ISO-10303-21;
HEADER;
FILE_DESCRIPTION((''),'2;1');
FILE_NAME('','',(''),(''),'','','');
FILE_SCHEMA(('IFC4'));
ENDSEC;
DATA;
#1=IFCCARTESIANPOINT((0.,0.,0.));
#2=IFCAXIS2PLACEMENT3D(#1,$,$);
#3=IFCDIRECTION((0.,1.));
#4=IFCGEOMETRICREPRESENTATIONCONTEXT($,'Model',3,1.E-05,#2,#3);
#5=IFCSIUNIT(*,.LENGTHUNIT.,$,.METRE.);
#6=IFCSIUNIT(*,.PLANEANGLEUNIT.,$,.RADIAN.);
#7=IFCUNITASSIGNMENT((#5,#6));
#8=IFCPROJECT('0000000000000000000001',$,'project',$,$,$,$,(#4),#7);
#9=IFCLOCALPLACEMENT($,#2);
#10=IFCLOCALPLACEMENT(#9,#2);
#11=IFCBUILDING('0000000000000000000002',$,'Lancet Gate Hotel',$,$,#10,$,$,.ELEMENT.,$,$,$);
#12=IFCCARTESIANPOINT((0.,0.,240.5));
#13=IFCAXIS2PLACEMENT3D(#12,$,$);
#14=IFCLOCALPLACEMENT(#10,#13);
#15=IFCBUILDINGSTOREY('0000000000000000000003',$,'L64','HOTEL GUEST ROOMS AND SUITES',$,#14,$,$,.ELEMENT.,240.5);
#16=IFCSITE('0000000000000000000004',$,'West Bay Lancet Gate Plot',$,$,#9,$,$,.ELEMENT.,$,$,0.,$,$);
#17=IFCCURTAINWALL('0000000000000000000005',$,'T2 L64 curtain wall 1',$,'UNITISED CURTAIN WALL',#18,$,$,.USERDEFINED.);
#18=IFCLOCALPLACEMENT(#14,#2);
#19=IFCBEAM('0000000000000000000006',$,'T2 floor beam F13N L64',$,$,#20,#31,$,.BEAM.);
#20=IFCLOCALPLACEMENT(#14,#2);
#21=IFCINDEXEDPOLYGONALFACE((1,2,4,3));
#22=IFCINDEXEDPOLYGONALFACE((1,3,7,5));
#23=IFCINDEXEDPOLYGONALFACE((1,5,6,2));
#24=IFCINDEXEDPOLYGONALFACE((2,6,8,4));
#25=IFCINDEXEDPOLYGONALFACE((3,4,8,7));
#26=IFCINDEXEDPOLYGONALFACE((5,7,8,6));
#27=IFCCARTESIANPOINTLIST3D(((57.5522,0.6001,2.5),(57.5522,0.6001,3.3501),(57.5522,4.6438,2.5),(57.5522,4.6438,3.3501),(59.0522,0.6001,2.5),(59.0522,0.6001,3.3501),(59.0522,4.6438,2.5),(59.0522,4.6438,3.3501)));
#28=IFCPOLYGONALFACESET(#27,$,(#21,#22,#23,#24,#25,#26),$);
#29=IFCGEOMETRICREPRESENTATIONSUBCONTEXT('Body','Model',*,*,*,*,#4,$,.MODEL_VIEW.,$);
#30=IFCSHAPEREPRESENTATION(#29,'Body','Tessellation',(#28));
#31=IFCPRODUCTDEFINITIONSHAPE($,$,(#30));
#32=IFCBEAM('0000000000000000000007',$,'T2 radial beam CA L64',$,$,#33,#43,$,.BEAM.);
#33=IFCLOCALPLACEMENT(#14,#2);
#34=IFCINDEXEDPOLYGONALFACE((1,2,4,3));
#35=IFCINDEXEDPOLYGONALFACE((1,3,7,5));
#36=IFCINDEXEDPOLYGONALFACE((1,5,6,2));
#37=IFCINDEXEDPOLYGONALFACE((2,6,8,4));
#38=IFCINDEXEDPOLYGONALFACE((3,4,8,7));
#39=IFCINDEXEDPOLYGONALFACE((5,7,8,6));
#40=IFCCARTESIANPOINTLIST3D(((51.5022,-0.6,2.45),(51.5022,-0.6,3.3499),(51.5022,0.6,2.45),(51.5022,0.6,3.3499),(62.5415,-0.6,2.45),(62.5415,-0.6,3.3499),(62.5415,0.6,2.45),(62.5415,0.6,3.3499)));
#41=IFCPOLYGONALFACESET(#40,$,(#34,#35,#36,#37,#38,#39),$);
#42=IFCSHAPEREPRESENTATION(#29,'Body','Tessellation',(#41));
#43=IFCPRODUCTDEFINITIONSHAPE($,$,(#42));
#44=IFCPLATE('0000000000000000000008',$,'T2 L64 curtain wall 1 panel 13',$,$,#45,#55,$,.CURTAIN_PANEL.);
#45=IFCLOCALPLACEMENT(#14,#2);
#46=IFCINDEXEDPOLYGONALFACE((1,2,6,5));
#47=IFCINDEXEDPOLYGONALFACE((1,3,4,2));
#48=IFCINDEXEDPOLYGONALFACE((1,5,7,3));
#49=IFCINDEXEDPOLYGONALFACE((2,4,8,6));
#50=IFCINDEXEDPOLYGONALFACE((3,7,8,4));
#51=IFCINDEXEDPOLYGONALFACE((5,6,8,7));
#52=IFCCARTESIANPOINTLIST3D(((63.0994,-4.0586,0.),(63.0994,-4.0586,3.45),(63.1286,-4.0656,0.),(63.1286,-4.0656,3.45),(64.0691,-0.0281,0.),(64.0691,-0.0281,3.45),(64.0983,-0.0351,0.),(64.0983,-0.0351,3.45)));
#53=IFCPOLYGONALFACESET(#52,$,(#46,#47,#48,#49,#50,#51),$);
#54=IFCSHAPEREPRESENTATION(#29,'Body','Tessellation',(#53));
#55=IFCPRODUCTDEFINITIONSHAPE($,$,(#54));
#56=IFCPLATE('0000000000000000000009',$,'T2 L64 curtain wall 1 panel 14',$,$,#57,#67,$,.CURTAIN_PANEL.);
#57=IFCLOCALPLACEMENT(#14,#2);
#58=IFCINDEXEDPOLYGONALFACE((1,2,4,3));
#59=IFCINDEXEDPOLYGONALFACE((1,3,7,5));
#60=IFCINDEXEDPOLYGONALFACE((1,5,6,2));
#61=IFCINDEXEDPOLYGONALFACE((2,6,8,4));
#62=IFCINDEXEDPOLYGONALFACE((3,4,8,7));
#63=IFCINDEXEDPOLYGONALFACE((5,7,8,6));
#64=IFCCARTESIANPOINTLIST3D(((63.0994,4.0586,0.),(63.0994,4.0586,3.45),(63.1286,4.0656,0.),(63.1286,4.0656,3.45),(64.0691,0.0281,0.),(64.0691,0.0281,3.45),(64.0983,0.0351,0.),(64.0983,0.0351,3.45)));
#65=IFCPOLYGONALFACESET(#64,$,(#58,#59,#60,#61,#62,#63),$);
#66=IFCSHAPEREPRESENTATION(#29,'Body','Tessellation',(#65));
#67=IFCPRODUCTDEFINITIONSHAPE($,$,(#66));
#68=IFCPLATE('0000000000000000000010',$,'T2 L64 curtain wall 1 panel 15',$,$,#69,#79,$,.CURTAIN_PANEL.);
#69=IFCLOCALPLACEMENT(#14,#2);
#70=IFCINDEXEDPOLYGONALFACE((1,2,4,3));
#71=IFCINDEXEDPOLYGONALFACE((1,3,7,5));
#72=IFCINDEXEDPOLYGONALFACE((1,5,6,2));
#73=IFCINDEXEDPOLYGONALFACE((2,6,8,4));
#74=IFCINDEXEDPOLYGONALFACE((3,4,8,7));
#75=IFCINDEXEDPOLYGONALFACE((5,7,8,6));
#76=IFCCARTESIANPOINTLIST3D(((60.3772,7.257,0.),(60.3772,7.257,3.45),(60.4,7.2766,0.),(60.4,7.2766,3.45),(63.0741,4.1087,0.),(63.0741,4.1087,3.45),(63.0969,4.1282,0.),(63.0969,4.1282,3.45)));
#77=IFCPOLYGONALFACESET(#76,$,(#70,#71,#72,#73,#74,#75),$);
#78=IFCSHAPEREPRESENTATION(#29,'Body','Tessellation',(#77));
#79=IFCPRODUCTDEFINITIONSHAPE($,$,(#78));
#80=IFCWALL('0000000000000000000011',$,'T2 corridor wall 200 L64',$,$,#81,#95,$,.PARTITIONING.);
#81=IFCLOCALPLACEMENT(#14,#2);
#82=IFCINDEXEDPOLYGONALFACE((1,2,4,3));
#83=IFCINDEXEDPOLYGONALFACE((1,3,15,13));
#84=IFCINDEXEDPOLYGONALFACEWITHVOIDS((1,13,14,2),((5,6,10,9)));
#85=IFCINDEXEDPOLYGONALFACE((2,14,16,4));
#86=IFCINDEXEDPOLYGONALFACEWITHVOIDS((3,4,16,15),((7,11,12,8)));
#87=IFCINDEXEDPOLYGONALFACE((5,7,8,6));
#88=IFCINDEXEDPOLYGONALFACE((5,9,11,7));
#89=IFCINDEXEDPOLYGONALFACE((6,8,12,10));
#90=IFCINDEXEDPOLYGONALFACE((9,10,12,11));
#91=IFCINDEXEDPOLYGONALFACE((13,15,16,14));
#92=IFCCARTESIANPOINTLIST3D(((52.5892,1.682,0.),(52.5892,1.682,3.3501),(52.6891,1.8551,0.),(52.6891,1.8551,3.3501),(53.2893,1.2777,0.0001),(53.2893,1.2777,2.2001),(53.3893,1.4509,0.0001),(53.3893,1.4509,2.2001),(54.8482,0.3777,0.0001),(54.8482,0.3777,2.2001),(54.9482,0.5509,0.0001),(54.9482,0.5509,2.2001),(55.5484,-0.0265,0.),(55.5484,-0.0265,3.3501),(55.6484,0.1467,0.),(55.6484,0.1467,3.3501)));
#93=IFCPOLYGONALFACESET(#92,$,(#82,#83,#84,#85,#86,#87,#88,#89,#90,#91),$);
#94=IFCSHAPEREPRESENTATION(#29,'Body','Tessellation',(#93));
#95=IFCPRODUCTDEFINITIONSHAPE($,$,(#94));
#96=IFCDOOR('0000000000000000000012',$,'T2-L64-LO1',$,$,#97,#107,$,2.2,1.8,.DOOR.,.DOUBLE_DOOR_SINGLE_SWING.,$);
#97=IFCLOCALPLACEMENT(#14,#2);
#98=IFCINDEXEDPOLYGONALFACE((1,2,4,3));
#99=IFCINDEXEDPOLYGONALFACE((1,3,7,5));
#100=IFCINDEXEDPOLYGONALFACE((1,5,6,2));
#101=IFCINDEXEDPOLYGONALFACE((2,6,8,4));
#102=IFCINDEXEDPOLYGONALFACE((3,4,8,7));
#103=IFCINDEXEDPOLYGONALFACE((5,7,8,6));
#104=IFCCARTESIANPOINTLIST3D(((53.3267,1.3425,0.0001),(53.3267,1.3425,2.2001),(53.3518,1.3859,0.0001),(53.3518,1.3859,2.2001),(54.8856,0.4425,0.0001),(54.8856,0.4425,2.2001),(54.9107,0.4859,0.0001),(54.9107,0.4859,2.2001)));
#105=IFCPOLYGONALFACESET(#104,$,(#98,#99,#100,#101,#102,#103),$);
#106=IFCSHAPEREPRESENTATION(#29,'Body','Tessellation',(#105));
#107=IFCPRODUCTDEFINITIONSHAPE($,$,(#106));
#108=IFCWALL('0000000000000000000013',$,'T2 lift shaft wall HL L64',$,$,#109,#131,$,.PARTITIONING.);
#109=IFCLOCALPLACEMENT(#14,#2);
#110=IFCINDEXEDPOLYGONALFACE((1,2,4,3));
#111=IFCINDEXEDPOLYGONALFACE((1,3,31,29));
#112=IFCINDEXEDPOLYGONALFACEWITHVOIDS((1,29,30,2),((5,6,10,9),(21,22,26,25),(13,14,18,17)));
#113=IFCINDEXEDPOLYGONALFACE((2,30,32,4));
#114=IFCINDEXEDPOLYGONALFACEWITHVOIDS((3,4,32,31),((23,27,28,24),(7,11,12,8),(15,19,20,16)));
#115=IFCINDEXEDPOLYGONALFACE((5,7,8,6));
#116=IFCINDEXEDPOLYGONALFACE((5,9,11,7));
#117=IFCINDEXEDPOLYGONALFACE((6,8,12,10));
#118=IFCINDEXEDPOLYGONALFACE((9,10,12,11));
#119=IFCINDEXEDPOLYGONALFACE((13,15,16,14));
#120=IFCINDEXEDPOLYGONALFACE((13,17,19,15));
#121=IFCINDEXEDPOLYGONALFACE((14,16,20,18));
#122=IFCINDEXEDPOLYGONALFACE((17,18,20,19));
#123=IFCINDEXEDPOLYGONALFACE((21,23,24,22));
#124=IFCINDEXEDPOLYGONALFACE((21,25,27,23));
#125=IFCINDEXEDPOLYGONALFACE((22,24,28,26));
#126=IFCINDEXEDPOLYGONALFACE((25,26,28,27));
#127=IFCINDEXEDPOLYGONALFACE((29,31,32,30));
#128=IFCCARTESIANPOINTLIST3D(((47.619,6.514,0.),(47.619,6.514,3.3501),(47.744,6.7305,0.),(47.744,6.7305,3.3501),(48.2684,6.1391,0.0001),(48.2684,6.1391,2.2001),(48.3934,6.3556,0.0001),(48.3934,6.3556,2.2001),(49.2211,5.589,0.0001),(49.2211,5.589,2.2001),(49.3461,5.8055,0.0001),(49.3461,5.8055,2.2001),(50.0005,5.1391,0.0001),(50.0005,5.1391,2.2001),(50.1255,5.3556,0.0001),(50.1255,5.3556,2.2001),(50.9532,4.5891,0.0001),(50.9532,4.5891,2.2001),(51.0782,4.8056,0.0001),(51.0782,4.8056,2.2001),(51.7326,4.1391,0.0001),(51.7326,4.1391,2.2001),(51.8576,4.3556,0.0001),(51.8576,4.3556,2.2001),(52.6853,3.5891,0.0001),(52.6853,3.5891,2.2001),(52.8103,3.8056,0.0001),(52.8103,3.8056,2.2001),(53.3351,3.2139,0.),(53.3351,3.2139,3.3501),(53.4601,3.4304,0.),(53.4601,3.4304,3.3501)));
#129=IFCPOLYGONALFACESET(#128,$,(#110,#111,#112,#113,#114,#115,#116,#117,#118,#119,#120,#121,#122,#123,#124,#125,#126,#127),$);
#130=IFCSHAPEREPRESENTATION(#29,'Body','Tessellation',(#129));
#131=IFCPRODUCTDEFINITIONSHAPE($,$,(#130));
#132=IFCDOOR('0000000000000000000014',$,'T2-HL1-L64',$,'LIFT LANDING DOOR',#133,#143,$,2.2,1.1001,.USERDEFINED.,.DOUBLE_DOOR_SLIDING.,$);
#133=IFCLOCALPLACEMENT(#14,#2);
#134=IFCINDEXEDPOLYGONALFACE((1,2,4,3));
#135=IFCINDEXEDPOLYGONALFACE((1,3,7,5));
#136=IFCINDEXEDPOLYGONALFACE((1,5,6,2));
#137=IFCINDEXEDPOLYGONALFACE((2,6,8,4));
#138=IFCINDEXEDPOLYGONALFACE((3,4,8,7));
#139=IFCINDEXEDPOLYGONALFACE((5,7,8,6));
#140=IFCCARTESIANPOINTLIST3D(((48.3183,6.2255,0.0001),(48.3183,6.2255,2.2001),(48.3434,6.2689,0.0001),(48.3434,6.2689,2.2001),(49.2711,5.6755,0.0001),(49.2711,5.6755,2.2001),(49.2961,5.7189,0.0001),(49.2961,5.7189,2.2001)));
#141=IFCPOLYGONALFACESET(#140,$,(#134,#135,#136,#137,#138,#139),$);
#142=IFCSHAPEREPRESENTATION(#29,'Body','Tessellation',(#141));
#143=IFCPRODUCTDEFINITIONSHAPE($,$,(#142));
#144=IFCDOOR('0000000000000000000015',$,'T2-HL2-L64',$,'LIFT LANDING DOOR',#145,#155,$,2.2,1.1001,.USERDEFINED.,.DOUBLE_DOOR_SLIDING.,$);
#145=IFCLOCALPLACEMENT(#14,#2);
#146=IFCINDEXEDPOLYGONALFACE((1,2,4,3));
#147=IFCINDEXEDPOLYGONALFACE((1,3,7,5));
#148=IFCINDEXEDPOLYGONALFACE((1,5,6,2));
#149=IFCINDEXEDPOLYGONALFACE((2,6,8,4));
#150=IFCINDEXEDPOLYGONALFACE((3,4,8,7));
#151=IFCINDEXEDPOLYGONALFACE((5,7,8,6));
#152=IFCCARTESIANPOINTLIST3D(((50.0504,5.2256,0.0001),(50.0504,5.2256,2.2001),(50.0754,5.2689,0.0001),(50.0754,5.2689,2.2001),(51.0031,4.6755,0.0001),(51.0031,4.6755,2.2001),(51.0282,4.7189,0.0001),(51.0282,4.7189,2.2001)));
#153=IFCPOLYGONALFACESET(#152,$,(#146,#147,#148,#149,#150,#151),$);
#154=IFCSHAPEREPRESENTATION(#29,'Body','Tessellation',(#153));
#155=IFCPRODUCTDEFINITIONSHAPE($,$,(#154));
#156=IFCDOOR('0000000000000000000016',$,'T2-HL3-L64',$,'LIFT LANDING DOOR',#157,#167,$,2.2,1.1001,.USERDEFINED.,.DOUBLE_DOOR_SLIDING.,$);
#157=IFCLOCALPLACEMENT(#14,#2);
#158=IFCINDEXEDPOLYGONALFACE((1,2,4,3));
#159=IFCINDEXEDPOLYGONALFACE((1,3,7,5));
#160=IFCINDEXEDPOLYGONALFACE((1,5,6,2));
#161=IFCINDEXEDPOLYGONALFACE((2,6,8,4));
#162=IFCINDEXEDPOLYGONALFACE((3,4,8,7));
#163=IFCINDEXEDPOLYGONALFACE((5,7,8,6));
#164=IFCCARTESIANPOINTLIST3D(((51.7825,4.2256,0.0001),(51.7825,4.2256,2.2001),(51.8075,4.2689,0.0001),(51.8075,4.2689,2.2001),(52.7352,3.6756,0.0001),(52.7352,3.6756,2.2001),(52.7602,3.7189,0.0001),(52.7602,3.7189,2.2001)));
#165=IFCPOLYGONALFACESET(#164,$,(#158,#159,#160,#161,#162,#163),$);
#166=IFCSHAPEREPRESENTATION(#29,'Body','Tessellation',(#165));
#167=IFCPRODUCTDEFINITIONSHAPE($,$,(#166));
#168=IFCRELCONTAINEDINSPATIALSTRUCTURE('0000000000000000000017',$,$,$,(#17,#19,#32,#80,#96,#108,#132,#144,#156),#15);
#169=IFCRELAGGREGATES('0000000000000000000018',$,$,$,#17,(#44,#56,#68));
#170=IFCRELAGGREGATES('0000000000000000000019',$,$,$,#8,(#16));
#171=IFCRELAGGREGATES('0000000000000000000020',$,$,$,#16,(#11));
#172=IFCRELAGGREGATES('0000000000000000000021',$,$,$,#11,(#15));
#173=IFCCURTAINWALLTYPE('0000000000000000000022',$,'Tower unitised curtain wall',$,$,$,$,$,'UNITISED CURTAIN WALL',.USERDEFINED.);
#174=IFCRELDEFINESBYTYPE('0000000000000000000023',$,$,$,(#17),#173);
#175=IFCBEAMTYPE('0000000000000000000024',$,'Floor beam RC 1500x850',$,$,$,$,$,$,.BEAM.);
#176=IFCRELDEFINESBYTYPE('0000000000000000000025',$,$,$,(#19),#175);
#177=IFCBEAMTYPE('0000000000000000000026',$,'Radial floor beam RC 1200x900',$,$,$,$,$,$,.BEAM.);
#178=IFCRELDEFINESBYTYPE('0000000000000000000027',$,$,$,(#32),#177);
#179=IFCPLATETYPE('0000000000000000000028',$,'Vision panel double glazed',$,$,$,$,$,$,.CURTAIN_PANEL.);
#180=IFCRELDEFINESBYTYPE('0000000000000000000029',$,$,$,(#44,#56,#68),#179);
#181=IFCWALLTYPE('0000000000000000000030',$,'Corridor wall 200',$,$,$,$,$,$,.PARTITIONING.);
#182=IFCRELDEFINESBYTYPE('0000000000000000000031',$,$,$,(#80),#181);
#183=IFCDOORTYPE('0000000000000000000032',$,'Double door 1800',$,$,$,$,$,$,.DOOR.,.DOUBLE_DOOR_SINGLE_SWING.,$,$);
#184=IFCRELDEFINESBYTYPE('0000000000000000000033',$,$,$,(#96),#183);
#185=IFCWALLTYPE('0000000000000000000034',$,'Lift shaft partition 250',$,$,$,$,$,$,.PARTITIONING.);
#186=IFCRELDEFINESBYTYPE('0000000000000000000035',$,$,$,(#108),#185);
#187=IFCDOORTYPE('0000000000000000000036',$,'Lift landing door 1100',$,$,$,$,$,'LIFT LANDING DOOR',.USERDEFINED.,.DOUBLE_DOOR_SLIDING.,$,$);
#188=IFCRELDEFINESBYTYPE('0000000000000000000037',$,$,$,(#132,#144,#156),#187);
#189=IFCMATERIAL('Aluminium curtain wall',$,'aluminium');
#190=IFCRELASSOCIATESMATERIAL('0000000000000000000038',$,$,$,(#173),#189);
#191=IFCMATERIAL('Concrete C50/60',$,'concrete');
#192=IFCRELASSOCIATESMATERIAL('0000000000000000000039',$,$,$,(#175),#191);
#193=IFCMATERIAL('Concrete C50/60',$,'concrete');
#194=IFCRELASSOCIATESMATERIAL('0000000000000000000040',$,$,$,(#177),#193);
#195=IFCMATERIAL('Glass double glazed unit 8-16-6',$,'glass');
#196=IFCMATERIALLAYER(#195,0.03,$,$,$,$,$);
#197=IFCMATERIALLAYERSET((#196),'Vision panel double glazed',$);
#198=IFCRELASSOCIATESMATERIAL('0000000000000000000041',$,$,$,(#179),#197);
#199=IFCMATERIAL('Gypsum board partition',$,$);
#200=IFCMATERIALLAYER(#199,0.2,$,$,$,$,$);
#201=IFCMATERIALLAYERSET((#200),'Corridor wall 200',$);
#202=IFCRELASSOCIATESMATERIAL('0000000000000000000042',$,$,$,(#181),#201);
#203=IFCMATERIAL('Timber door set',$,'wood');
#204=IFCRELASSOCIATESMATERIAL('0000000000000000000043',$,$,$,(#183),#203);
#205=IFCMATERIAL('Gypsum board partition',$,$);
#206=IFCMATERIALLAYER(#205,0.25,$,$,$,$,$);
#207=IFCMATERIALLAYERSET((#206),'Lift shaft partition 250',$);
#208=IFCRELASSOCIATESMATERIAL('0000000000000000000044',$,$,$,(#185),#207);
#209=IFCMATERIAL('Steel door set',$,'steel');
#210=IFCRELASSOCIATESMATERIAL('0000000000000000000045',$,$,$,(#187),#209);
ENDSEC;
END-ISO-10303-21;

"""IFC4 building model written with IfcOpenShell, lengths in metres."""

from ifc_helpers import new_model, si_unit, direction, frame, frame_2d, origin, origin_2d, place, context, subcontext, project, spatial, rectangle, extrude, material, layer, layer_set, material_profile, profile_set, type_object, element, fill, aggregate, save


model = new_model("IFC4")

# Units and contexts
model_context = context("Model", 3, precision=1e-05, world=origin(), true_north=direction((0.0, 1.0)))
body_context = subcontext(model_context, "Body", "Model", "MODEL_VIEW")
ifc_project = project(units=[si_unit("LENGTHUNIT", "METRE"), si_unit("PLANEANGLEUNIT", "RADIAN")], contexts=[model_context])

# Site, building, storey
site_placement = place(None, origin())
site = spatial("IfcSite", under=ifc_project, at=site_placement, Name="West Bay Lancet Gate Plot", CompositionType="ELEMENT", RefElevation=0.0)
building_placement = place(site_placement, origin())
building = spatial("IfcBuilding", under=site, at=building_placement, Name="Lancet Gate Hotel", CompositionType="ELEMENT")
storey_placement = place(building_placement, frame((0.0, 0.0, 240.5)))
storey = spatial("IfcBuildingStorey", under=building, at=storey_placement, Name="L64", Description="HOTEL GUEST ROOMS AND SUITES", CompositionType="ELEMENT", Elevation=240.5)

# Curtain wall
ifc_material_1 = material(Name="Aluminium curtain wall", Category="aluminium")
curtain_wall_type = type_object("IfcCurtainWallType", Name="Tower unitised curtain wall", ElementType="UNITISED CURTAIN WALL", PredefinedType="USERDEFINED", material=ifc_material_1)
curtain_wall_placement = place(storey_placement, origin())
curtain_wall = element("IfcCurtainWall", 1, at=curtain_wall_placement, inside=storey, type_object=curtain_wall_type, Name="T2 L64 curtain wall 1", ObjectType="UNITISED CURTAIN WALL", PredefinedType="USERDEFINED")

# Beams
ifc_material_2 = material(Name="Concrete C50/60", Category="concrete")
ifc_material_profile_1 = material_profile(ifc_material_2, rectangle(XDim=1.5, YDim=0.8501, at=origin_2d()), Name="RC 1500x850")
ifc_profile_set_1 = profile_set([ifc_material_profile_1], Name="Concrete C50/60")
beam_type_1 = type_object("IfcBeamType", Name="Floor beam RC 1500x850", PredefinedType="BEAM", material=ifc_profile_set_1)
beam_1_placement = place(storey_placement, frame((58.3022, 0.6001, 2.925), z_axis=(0.0, 1.0, 0.0), x_axis=(-1.0, 0.0, 0.0)))
element("IfcBeam", 2, at=beam_1_placement, inside=storey, type_object=beam_type_1, Name="T2 floor beam F13N L64", PredefinedType="BEAM", context=body_context, shape_type="SweptSolid", body=[
    extrude(rectangle(XDim=1.5, YDim=0.8501, at=origin_2d()), origin(), (0.0, 0.0, 1.0), 4.0437),
])
ifc_material_3 = material(Name="Concrete C50/60", Category="concrete")
ifc_material_profile_2 = material_profile(ifc_material_3, rectangle(XDim=1.2, YDim=0.8999, at=origin_2d()), Name="RC 1200x900")
ifc_profile_set_2 = profile_set([ifc_material_profile_2], Name="Concrete C50/60")
beam_type_2 = type_object("IfcBeamType", Name="Radial floor beam RC 1200x900", PredefinedType="BEAM", material=ifc_profile_set_2)
beam_2_placement = place(storey_placement, frame((62.5415, 0.0, 2.8999), z_axis=(-1.0, 0.0, 0.0), x_axis=(0.0, -1.0, 0.0)))
element("IfcBeam", 3, at=beam_2_placement, inside=storey, type_object=beam_type_2, Name="T2 radial beam CA L64", PredefinedType="BEAM", context=body_context, shape_type="SweptSolid", body=[
    extrude(rectangle(XDim=1.2, YDim=0.8999, at=origin_2d()), origin(), (0.0, 0.0, 1.0), 11.0393),
])

# Plates
ifc_material_4 = material(Name="Glass double glazed unit 8-16-6", Category="glass")
ifc_layer_1 = layer(ifc_material_4, 0.03)
ifc_layer_set_1 = layer_set([ifc_layer_1], Name="Vision panel double glazed")
plate_type = type_object("IfcPlateType", Name="Vision panel double glazed", PredefinedType="CURTAIN_PANEL", material=ifc_layer_set_1)
plate_1_placement = place(storey_placement, frame((63.5989, -2.0469, 0.0), z_axis=(0.0, 0.0, 1.0), x_axis=(0.233916, 0.972257, 0.0)))
plate_1 = element("IfcPlate", 4, at=plate_1_placement, type_object=plate_type, Name="T2 L64 curtain wall 1 panel 13", PredefinedType="CURTAIN_PANEL", context=body_context, shape_type="SweptSolid", body=[
    extrude(rectangle(XDim=4.1455, YDim=0.03, at=origin_2d()), origin(), (0.0, 0.0, 1.0), 3.45),
])
plate_2_placement = place(storey_placement, frame((63.5989, 2.0469, 0.0), z_axis=(0.0, 0.0, 1.0), x_axis=(-0.233916, 0.972257, 0.0)))
plate_2 = element("IfcPlate", 5, at=plate_2_placement, type_object=plate_type, Name="T2 L64 curtain wall 1 panel 14", PredefinedType="CURTAIN_PANEL", context=body_context, shape_type="SweptSolid", body=[
    extrude(rectangle(XDim=4.1455, YDim=0.03, at=origin_2d()), origin(), (0.0, 0.0, 1.0), 3.45),
])
plate_3_placement = place(storey_placement, frame((61.7371, 5.6926, 0.0), z_axis=(0.0, 0.0, 1.0), x_axis=(-0.650552, 0.759462, 0.0)))
plate_3 = element("IfcPlate", 6, at=plate_3_placement, type_object=plate_type, Name="T2 L64 curtain wall 1 panel 15", PredefinedType="CURTAIN_PANEL", context=body_context, shape_type="SweptSolid", body=[
    extrude(rectangle(XDim=4.1455, YDim=0.03, at=origin_2d()), origin(), (0.0, 0.0, 1.0), 3.45),
])
aggregate(curtain_wall, [plate_1, plate_2, plate_3])

# Wall, opening, door
ifc_material_5 = material(Name="Gypsum board partition")
ifc_layer_2 = layer(ifc_material_5, 0.2)
ifc_layer_set_2 = layer_set([ifc_layer_2], Name="Corridor wall 200")
wall_type_1 = type_object("IfcWallType", Name="Corridor wall 200", PredefinedType="PARTITIONING", material=ifc_layer_set_2)
wall_1_placement = place(storey_placement, frame((52.6392, 1.7686, 0.0), z_axis=(0.0, 0.0, 1.0), x_axis=(0.866027, -0.499997, 0.0)))
wall_1 = element("IfcWall", 7, at=wall_1_placement, inside=storey, type_object=wall_type_1, Name="T2 corridor wall 200 L64", PredefinedType="PARTITIONING", context=body_context, shape_type="SweptSolid", body=[
    extrude(rectangle(XDim=3.417, YDim=0.2, at=frame_2d((1.7085, 0.0))), origin(), (0.0, 0.0, 1.0), 3.3501),
])
opening_1_placement = place(wall_1_placement, frame((0.8086, 0.0, 0.0)))
opening_1 = element("IfcOpeningElement", 8, at=opening_1_placement, cuts=wall_1, PredefinedType="OPENING", context=body_context, shape_type="SweptSolid", body=[
    extrude(rectangle(XDim=1.8, YDim=2.2, at=frame_2d((0.8999, 1.1001))), frame((0.0, 0.1099, 0.0), z_axis=(0.0, -1.0, 0.0), x_axis=(1.0, 0.0, 0.0)), (0.0, 0.0, 1.0), 0.22),
])
ifc_material_6 = material(Name="Timber door set", Category="wood")
door_type_1 = type_object("IfcDoorType", Name="Double door 1800", OperationType="DOUBLE_DOOR_SINGLE_SWING", PredefinedType="DOOR", material=ifc_material_6)
door_1_placement = place(opening_1_placement, origin())
door_1 = element("IfcDoor", 9, at=door_1_placement, inside=storey, type_object=door_type_1, Name="T2-L64-LO1", OperationType="DOUBLE_DOOR_SINGLE_SWING", OverallHeight=2.2, OverallWidth=1.8, PredefinedType="DOOR", context=body_context, shape_type="SweptSolid", body=[
    extrude(rectangle(XDim=1.8, YDim=2.2, at=frame_2d((0.8999, 1.1001))), frame((0.0, 0.0249, 0.0), z_axis=(0.0, -1.0, 0.0), x_axis=(1.0, 0.0, 0.0)), (0.0, 0.0, 1.0), 0.05),
])
fill(opening_1, door_1)

# Wall, openings, doors
ifc_material_7 = material(Name="Gypsum board partition")
ifc_layer_3 = layer(ifc_material_7, 0.25)
ifc_layer_set_3 = layer_set([ifc_layer_3], Name="Lift shaft partition 250")
wall_type_2 = type_object("IfcWallType", Name="Lift shaft partition 250", PredefinedType="PARTITIONING", material=ifc_layer_set_3)
wall_2_placement = place(storey_placement, frame((47.6814, 6.6223, 0.0), z_axis=(0.0, 0.0, 1.0), x_axis=(0.866033, -0.499986, 0.0)))
wall_2 = element("IfcWall", 10, at=wall_2_placement, inside=storey, type_object=wall_type_2, Name="T2 lift shaft wall HL L64", PredefinedType="PARTITIONING", context=body_context, shape_type="SweptSolid", body=[
    extrude(rectangle(XDim=6.6003, YDim=0.25, at=frame_2d((3.3003, 0.0))), origin(), (0.0, 0.0, 1.0), 3.3501),
])
opening_2_placement = place(wall_2_placement, frame((0.75, 0.0, 0.0)))
opening_2 = element("IfcOpeningElement", 11, at=opening_2_placement, cuts=wall_2, PredefinedType="OPENING", context=body_context, shape_type="SweptSolid", body=[
    extrude(rectangle(XDim=1.1001, YDim=2.2, at=frame_2d((0.55, 1.1001))), frame((0.0, 0.135, 0.0), z_axis=(0.0, -1.0, 0.0), x_axis=(1.0, 0.0, 0.0)), (0.0, 0.0, 1.0), 0.27),
])
opening_3_placement = place(wall_2_placement, frame((2.75, 0.0, 0.0)))
opening_3 = element("IfcOpeningElement", 12, at=opening_3_placement, cuts=wall_2, PredefinedType="OPENING", context=body_context, shape_type="SweptSolid", body=[
    extrude(rectangle(XDim=1.1001, YDim=2.2, at=frame_2d((0.55, 1.1001))), frame((0.0, 0.135, 0.0), z_axis=(0.0, -1.0, 0.0), x_axis=(1.0, 0.0, 0.0)), (0.0, 0.0, 1.0), 0.27),
])
opening_4_placement = place(wall_2_placement, frame((4.75, 0.0, 0.0)))
opening_4 = element("IfcOpeningElement", 13, at=opening_4_placement, cuts=wall_2, PredefinedType="OPENING", context=body_context, shape_type="SweptSolid", body=[
    extrude(rectangle(XDim=1.1001, YDim=2.2, at=frame_2d((0.55, 1.1001))), frame((0.0, 0.135, 0.0), z_axis=(0.0, -1.0, 0.0), x_axis=(1.0, 0.0, 0.0)), (0.0, 0.0, 1.0), 0.27),
])
ifc_material_8 = material(Name="Steel door set", Category="steel")
door_type_2 = type_object("IfcDoorType", Name="Lift landing door 1100", ElementType="LIFT LANDING DOOR", OperationType="DOUBLE_DOOR_SLIDING", PredefinedType="USERDEFINED", material=ifc_material_8)
door_2_placement = place(opening_2_placement, origin())
door_2 = element("IfcDoor", 14, at=door_2_placement, inside=storey, type_object=door_type_2, Name="T2-HL1-L64", ObjectType="LIFT LANDING DOOR", OperationType="DOUBLE_DOOR_SLIDING", OverallHeight=2.2, OverallWidth=1.1001, PredefinedType="USERDEFINED", context=body_context, shape_type="SweptSolid", body=[
    extrude(rectangle(XDim=1.1001, YDim=2.2, at=frame_2d((0.55, 1.1001))), frame((0.0, 0.0249, 0.0), z_axis=(0.0, -1.0, 0.0), x_axis=(1.0, 0.0, 0.0)), (0.0, 0.0, 1.0), 0.05),
])
fill(opening_2, door_2)
door_3_placement = place(opening_3_placement, origin())
door_3 = element("IfcDoor", 15, at=door_3_placement, inside=storey, type_object=door_type_2, Name="T2-HL2-L64", ObjectType="LIFT LANDING DOOR", OperationType="DOUBLE_DOOR_SLIDING", OverallHeight=2.2, OverallWidth=1.1001, PredefinedType="USERDEFINED", context=body_context, shape_type="SweptSolid", body=[
    extrude(rectangle(XDim=1.1001, YDim=2.2, at=frame_2d((0.55, 1.1001))), frame((0.0, 0.0249, 0.0), z_axis=(0.0, -1.0, 0.0), x_axis=(1.0, 0.0, 0.0)), (0.0, 0.0, 1.0), 0.05),
])
fill(opening_3, door_3)
door_4_placement = place(opening_4_placement, origin())
door_4 = element("IfcDoor", 16, at=door_4_placement, inside=storey, type_object=door_type_2, Name="T2-HL3-L64", ObjectType="LIFT LANDING DOOR", OperationType="DOUBLE_DOOR_SLIDING", OverallHeight=2.2, OverallWidth=1.1001, PredefinedType="USERDEFINED", context=body_context, shape_type="SweptSolid", body=[
    extrude(rectangle(XDim=1.1001, YDim=2.2, at=frame_2d((0.55, 1.1001))), frame((0.0, 0.0249, 0.0), z_axis=(0.0, -1.0, 0.0), x_axis=(1.0, 0.0, 0.0)), (0.0, 0.0, 1.0), 0.05),
])
fill(opening_4, door_4)

save(model, "model.ifc")
